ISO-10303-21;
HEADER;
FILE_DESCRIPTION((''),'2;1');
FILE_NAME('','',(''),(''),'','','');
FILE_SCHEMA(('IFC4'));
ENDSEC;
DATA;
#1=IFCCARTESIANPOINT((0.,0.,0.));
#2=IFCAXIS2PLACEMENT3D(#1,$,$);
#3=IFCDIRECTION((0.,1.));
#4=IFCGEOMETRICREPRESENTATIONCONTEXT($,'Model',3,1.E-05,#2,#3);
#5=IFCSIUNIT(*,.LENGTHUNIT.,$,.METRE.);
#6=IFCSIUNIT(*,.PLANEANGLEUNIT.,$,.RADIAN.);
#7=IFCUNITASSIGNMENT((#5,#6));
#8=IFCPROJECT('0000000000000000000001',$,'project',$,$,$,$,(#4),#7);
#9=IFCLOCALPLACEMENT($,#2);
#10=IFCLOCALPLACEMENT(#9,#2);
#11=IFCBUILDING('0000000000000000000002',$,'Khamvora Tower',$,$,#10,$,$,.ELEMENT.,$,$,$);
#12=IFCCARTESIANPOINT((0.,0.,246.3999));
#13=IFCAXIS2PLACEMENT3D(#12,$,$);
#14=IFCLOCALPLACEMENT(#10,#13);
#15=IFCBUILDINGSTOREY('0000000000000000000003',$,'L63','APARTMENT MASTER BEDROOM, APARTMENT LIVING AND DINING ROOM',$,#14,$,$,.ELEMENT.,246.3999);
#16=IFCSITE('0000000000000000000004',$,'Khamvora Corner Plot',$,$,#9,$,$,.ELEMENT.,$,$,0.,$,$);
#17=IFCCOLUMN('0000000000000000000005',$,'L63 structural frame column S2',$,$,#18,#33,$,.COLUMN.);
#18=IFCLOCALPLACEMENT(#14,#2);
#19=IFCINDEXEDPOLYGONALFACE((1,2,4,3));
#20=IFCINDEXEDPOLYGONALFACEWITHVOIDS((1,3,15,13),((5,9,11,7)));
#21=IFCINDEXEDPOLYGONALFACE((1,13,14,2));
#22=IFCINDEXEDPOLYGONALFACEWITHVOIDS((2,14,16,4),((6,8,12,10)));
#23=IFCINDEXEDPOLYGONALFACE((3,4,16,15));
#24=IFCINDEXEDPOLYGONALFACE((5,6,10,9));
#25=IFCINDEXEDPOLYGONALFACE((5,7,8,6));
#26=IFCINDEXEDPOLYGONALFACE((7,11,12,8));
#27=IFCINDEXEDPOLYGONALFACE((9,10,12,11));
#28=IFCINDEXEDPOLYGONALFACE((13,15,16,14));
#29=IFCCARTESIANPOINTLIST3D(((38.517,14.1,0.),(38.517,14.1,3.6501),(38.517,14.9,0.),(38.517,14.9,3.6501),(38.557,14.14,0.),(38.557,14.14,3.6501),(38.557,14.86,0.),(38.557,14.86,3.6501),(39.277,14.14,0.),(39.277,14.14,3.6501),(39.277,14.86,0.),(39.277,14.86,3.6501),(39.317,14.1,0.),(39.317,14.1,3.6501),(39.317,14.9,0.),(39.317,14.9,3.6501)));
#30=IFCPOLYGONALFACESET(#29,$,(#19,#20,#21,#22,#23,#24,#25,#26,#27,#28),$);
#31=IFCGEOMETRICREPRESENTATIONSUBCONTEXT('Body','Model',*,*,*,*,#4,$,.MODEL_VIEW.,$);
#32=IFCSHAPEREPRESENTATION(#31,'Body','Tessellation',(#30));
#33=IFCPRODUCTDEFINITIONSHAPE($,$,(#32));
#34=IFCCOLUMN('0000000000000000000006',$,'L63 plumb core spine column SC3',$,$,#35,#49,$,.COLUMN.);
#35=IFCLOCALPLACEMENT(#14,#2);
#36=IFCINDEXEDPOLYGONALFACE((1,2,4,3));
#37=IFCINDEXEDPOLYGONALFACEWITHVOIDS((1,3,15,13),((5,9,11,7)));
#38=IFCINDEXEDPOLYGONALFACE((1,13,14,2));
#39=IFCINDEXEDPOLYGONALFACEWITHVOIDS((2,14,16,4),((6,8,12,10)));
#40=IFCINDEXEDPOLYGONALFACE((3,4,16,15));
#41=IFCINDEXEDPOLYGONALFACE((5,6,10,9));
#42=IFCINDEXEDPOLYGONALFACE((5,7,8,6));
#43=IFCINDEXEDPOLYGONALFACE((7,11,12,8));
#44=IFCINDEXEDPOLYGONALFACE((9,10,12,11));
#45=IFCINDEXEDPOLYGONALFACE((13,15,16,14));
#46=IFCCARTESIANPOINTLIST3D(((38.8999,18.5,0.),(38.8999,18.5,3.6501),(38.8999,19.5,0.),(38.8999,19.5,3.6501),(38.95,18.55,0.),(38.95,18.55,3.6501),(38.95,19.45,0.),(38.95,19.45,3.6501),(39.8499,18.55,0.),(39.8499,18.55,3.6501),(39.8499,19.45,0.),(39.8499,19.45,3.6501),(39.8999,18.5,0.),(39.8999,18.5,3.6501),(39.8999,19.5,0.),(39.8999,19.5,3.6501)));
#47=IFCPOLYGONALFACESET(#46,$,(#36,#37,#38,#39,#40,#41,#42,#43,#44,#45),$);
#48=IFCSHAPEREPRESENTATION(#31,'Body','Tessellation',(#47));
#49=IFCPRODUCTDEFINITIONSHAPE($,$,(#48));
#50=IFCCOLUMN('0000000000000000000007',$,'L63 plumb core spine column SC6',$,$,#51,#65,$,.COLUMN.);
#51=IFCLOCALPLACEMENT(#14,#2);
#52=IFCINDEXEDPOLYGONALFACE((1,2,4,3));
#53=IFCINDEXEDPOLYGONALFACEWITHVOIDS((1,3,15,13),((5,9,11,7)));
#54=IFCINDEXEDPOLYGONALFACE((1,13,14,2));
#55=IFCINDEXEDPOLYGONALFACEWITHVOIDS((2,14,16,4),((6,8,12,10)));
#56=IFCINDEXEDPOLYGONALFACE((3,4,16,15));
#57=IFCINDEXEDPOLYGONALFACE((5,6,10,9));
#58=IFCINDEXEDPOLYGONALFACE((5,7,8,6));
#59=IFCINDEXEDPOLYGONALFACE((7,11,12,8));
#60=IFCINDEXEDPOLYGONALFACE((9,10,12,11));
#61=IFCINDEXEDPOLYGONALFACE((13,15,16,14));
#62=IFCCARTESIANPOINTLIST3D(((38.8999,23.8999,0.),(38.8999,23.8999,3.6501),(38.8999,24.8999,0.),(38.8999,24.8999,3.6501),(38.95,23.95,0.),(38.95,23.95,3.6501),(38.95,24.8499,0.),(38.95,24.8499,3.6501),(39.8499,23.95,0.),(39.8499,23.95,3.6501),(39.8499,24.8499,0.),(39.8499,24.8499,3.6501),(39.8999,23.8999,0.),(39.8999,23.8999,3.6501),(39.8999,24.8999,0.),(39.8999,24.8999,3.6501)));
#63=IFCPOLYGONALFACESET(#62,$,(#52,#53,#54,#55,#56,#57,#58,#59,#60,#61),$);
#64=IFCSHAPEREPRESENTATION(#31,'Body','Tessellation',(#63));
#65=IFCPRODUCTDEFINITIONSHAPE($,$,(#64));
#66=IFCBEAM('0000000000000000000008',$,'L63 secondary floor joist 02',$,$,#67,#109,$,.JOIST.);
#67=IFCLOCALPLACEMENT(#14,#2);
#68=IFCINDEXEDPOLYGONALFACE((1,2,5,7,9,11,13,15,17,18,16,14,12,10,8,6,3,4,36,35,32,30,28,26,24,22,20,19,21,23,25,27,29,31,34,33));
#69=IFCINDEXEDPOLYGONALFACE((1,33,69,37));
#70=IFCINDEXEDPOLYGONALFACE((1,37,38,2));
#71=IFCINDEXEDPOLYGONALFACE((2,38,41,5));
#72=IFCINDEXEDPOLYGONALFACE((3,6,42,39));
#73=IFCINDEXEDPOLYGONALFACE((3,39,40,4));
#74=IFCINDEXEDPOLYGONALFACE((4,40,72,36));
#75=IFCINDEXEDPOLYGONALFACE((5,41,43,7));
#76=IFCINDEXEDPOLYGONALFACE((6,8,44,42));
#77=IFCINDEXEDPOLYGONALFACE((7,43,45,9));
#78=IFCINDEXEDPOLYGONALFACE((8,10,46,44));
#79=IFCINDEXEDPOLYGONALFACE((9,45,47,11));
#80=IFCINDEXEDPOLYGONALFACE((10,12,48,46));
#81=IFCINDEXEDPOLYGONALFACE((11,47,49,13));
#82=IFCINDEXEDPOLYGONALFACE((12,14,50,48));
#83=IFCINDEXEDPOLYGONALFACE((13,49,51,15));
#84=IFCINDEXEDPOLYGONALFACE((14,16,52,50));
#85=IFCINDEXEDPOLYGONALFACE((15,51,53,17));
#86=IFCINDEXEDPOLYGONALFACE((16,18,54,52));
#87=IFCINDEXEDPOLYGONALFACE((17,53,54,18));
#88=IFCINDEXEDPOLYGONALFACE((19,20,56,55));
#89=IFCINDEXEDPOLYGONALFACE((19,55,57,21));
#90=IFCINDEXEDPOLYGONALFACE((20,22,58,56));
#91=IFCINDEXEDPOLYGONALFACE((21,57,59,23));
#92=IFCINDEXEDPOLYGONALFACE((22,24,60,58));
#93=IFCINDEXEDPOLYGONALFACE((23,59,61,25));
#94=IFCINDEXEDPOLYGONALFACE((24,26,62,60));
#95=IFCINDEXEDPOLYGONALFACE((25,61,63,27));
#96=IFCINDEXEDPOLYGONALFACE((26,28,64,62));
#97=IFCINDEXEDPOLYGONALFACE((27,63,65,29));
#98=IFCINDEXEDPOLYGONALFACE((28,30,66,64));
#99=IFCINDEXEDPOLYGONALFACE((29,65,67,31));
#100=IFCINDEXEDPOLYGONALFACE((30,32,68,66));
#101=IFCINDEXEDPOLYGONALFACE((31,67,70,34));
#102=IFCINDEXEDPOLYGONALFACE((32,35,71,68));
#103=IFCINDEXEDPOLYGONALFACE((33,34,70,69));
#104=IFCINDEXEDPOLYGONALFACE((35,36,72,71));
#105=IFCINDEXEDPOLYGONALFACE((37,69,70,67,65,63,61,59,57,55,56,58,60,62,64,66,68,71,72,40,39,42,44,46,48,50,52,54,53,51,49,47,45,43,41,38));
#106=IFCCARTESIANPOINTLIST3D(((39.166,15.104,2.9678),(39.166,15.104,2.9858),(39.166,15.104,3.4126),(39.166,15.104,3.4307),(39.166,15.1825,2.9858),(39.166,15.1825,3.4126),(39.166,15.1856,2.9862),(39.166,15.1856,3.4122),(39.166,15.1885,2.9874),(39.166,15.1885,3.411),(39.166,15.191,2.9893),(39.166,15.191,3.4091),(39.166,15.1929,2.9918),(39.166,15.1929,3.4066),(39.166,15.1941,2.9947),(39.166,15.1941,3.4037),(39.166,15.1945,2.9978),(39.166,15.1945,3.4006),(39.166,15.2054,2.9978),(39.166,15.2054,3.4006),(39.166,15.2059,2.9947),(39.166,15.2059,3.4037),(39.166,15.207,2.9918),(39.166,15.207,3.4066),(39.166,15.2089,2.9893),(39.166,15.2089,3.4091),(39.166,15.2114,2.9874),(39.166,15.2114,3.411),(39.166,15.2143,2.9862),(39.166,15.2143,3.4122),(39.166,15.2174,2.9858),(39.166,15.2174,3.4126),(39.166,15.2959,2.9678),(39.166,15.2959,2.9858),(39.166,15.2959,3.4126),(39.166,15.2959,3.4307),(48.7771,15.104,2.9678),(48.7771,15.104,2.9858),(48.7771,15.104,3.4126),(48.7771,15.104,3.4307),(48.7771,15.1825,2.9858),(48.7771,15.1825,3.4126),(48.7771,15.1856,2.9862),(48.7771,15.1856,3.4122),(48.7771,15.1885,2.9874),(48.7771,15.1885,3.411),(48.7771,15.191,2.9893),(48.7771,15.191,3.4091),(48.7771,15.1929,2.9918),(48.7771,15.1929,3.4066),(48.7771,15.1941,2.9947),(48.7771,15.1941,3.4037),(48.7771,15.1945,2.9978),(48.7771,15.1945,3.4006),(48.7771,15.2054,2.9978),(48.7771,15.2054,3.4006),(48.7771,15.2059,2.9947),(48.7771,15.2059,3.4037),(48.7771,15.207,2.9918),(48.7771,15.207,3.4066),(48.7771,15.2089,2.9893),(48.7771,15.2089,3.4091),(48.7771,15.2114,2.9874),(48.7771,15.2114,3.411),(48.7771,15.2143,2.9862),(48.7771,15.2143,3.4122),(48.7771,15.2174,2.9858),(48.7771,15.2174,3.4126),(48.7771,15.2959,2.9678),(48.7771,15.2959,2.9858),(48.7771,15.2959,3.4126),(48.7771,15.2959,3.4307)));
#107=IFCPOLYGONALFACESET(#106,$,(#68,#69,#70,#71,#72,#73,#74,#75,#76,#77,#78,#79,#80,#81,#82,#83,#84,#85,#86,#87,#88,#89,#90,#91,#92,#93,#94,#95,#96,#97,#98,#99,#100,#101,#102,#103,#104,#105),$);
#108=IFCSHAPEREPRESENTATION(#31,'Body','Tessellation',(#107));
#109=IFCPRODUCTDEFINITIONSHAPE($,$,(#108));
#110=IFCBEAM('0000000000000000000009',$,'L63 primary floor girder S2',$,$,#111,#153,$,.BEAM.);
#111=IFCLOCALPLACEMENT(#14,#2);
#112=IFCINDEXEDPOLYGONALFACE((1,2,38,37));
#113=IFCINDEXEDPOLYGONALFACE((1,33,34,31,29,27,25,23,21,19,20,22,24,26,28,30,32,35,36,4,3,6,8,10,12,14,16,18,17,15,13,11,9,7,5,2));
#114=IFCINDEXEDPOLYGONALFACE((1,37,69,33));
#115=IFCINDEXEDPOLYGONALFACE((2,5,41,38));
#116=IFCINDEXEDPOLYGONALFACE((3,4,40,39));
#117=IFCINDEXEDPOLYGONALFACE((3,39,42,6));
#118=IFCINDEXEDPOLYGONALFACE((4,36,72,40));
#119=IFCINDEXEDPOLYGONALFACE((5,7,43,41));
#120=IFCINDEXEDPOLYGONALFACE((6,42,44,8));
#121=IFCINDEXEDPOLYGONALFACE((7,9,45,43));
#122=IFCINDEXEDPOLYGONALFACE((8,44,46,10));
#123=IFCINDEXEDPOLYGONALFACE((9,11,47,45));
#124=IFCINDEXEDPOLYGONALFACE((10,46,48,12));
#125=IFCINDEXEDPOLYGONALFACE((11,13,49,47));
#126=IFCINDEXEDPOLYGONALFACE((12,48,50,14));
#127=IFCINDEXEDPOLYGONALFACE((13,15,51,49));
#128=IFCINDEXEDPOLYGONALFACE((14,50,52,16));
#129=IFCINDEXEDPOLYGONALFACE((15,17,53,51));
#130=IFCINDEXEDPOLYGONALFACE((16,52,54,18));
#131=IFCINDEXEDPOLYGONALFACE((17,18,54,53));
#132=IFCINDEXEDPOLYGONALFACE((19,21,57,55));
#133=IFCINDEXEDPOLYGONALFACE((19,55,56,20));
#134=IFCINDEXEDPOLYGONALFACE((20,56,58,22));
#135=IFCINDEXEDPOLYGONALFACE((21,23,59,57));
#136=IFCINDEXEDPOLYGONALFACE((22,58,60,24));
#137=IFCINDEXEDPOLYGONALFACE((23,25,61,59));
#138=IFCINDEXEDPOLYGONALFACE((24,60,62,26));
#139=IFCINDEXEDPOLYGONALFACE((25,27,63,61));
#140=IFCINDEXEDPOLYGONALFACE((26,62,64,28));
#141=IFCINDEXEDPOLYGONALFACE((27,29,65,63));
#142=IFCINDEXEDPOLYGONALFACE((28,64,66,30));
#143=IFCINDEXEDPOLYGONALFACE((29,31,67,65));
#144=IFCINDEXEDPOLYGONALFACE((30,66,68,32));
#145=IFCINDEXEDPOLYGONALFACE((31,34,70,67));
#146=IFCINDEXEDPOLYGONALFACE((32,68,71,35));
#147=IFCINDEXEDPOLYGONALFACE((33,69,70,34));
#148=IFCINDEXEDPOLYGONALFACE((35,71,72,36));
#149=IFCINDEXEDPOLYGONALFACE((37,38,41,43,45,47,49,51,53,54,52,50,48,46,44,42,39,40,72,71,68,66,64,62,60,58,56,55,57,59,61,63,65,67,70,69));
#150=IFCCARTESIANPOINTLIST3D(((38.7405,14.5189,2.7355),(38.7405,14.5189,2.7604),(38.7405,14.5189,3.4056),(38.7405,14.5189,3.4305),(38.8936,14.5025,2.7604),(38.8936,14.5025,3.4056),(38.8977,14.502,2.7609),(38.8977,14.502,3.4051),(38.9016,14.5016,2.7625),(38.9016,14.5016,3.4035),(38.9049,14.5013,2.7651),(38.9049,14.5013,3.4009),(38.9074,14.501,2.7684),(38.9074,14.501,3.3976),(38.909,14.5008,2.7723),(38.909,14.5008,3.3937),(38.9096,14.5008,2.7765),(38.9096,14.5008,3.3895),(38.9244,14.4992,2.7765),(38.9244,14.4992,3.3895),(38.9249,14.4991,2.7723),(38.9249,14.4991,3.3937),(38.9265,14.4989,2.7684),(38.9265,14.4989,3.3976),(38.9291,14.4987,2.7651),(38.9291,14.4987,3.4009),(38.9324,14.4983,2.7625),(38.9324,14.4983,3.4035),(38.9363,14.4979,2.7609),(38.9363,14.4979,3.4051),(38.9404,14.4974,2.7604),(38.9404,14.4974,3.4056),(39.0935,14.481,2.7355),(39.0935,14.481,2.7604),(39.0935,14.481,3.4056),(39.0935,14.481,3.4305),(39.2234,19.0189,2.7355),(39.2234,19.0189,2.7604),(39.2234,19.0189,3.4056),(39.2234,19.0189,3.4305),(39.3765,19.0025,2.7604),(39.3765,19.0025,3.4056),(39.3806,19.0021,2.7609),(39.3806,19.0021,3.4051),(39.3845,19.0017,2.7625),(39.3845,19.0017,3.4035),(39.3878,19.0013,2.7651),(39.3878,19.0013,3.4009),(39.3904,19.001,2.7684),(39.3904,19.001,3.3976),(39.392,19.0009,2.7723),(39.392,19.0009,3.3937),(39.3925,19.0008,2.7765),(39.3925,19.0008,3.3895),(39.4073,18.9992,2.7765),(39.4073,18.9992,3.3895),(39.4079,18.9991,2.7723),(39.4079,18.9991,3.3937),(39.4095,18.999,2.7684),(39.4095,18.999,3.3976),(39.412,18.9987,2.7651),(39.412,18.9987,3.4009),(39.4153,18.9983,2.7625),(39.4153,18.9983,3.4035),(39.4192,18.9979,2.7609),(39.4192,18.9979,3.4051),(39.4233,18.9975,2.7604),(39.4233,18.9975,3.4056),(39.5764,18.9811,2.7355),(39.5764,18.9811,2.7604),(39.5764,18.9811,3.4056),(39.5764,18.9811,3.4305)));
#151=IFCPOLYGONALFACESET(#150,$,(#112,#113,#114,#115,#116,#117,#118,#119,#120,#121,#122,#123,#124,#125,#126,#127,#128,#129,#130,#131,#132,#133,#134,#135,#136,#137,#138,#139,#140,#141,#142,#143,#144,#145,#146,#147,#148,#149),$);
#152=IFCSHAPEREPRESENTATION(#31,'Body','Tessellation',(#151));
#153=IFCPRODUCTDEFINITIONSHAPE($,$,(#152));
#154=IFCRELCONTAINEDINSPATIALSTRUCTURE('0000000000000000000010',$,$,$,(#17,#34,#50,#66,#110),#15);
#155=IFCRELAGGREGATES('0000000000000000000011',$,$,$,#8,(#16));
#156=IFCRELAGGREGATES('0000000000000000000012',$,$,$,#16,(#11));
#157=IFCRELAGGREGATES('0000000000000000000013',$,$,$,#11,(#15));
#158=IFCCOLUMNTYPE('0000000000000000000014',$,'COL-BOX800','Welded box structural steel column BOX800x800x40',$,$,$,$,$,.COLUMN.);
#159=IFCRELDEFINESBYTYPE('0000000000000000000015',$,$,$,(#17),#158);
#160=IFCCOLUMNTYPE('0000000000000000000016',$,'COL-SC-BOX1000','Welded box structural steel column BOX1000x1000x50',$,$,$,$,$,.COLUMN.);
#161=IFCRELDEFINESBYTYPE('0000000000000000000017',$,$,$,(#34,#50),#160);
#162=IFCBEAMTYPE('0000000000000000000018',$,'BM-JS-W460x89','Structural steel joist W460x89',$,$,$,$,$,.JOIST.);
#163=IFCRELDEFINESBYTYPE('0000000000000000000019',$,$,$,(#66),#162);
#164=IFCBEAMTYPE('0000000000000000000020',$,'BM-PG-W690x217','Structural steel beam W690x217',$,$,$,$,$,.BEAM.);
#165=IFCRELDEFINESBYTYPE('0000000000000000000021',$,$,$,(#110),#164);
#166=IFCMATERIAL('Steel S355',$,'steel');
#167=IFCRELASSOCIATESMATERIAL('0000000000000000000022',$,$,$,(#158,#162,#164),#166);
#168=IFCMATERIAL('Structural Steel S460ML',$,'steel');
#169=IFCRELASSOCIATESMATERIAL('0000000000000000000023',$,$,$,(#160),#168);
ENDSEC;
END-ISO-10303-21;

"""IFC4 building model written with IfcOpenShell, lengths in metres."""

from ifc_helpers import new_model, si_unit, direction, frame, origin, origin_2d, place, context, subcontext, project, spatial, hollow_rectangle, i_section, extrude, material, material_profile, profile_set, type_object, element, save


model = new_model("IFC4")

# Units and contexts
model_context = context("Model", 3, precision=1e-05, world=origin(), true_north=direction((0.0, 1.0)))
body_context = subcontext(model_context, "Body", "Model", "MODEL_VIEW")
ifc_project = project(units=[si_unit("LENGTHUNIT", "METRE"), si_unit("PLANEANGLEUNIT", "RADIAN")], contexts=[model_context])

# Site, building, storey
site_placement = place(None, origin())
site = spatial("IfcSite", under=ifc_project, at=site_placement, Name="Khamvora Corner Plot", CompositionType="ELEMENT", RefElevation=0.0)
building_placement = place(site_placement, origin())
building = spatial("IfcBuilding", under=site, at=building_placement, Name="Khamvora Tower", CompositionType="ELEMENT")
storey_placement = place(building_placement, frame((0.0, 0.0, 246.3999)))
storey = spatial("IfcBuildingStorey", under=building, at=storey_placement, Name="L63", Description="APARTMENT MASTER BEDROOM, APARTMENT LIVING AND DINING ROOM", CompositionType="ELEMENT", Elevation=246.3999)

# Columns
ifc_material_1 = material(Name="Steel S355", Category="steel")
ifc_material_profile_1 = material_profile(ifc_material_1, hollow_rectangle(XDim=0.8, YDim=0.8, WallThickness=0.04, at=origin_2d()), Name="BOX800x800x40")
ifc_profile_set_1 = profile_set([ifc_material_profile_1], Name="Steel S355")
column_type_1 = type_object("IfcColumnType", Name="COL-BOX800", Description="Welded box structural steel column BOX800x800x40", PredefinedType="COLUMN", material=ifc_profile_set_1)
column_placement = place(storey_placement, frame((38.917, 14.5, 0.0), z_axis=(0.0, 0.0, 1.0), x_axis=(1.0, 0.0, 0.0)))
element("IfcColumn", 1, at=column_placement, inside=storey, type_object=column_type_1, Name="L63 structural frame column S2", PredefinedType="COLUMN", context=body_context, shape_type="SweptSolid", body=[
    extrude(hollow_rectangle(XDim=0.8, YDim=0.8, WallThickness=0.04, at=origin_2d()), origin(), (0.0, 0.0, 1.0), 3.6501),
])
ifc_material_2 = material(Name="Structural Steel S460ML", Category="steel")
ifc_material_profile_2 = material_profile(ifc_material_2, hollow_rectangle(XDim=1.0, YDim=1.0, WallThickness=0.05, at=origin_2d()), Name="BOX1000x1000x50")
ifc_profile_set_2 = profile_set([ifc_material_profile_2], Name="Structural Steel S460ML")
column_type_2 = type_object("IfcColumnType", Name="COL-SC-BOX1000", Description="Welded box structural steel column BOX1000x1000x50", PredefinedType="COLUMN", material=ifc_profile_set_2)
for number, where, z_axis, x_axis, name in (
    (2, (39.3999, 19.0, 0.0), (0.0, 0.0, 1.0), (1.0, 0.0, 0.0), "L63 plumb core spine column SC3"),
    (3, (39.3999, 24.3999, 0.0), (0.0, 0.0, 1.0), (1.0, 0.0, 0.0), "L63 plumb core spine column SC6"),
):
    element("IfcColumn", number, at=place(storey_placement, frame(where, z_axis=z_axis, x_axis=x_axis)), inside=storey, type_object=column_type_2, Name=name, PredefinedType="COLUMN", context=body_context, shape_type="SweptSolid", body=[
        extrude(hollow_rectangle(XDim=1.0, YDim=1.0, WallThickness=0.05, at=origin_2d()), origin(), (0.0, 0.0, 1.0), 3.6501),
    ])

# Beams
ifc_material_profile_3 = material_profile(ifc_material_1, i_section(OverallWidth=0.1919, OverallDepth=0.4629, WebThickness=0.011, FlangeThickness=0.0181, FilletRadius=0.012, at=origin_2d()), Name="W460x89")
ifc_profile_set_3 = profile_set([ifc_material_profile_3], Name="Steel S355")
beam_type_1 = type_object("IfcBeamType", Name="BM-JS-W460x89", Description="Structural steel joist W460x89", PredefinedType="JOIST", material=ifc_profile_set_3)
beam_1_placement = place(storey_placement, frame((39.166, 15.2, 3.1992), z_axis=(1.0, 0.0, 0.0), x_axis=(0.0, 1.0, 0.0)))
element("IfcBeam", 4, at=beam_1_placement, inside=storey, type_object=beam_type_1, Name="L63 secondary floor joist 02", PredefinedType="JOIST", context=body_context, shape_type="SweptSolid", body=[
    extrude(i_section(OverallWidth=0.1919, OverallDepth=0.4629, WebThickness=0.011, FlangeThickness=0.0181, FilletRadius=0.012, at=origin_2d()), origin(), (0.0, 0.0, 1.0), 9.6111),
])
ifc_material_profile_4 = material_profile(ifc_material_1, i_section(OverallWidth=0.355, OverallDepth=0.6951, WebThickness=0.0149, FlangeThickness=0.0249, FilletRadius=0.0161, at=origin_2d()), Name="W690x217")
ifc_profile_set_4 = profile_set([ifc_material_profile_4], Name="Steel S355")
beam_type_2 = type_object("IfcBeamType", Name="BM-PG-W690x217", Description="Structural steel beam W690x217", PredefinedType="BEAM", material=ifc_profile_set_4)
beam_2_placement = place(storey_placement, frame((39.3999, 19.0, 3.083), z_axis=(-0.106701, -0.994291, 0.0), x_axis=(0.994291, -0.106701, 0.0)))
element("IfcBeam", 5, at=beam_2_placement, inside=storey, type_object=beam_type_2, Name="L63 primary floor girder S2", PredefinedType="BEAM", context=body_context, shape_type="SweptSolid", body=[
    extrude(i_section(OverallWidth=0.355, OverallDepth=0.6951, WebThickness=0.0149, FlangeThickness=0.0249, FilletRadius=0.0161, at=origin_2d()), origin(), (0.0, 0.0, 1.0), 4.5259),
])

save(model, "model.ifc")
